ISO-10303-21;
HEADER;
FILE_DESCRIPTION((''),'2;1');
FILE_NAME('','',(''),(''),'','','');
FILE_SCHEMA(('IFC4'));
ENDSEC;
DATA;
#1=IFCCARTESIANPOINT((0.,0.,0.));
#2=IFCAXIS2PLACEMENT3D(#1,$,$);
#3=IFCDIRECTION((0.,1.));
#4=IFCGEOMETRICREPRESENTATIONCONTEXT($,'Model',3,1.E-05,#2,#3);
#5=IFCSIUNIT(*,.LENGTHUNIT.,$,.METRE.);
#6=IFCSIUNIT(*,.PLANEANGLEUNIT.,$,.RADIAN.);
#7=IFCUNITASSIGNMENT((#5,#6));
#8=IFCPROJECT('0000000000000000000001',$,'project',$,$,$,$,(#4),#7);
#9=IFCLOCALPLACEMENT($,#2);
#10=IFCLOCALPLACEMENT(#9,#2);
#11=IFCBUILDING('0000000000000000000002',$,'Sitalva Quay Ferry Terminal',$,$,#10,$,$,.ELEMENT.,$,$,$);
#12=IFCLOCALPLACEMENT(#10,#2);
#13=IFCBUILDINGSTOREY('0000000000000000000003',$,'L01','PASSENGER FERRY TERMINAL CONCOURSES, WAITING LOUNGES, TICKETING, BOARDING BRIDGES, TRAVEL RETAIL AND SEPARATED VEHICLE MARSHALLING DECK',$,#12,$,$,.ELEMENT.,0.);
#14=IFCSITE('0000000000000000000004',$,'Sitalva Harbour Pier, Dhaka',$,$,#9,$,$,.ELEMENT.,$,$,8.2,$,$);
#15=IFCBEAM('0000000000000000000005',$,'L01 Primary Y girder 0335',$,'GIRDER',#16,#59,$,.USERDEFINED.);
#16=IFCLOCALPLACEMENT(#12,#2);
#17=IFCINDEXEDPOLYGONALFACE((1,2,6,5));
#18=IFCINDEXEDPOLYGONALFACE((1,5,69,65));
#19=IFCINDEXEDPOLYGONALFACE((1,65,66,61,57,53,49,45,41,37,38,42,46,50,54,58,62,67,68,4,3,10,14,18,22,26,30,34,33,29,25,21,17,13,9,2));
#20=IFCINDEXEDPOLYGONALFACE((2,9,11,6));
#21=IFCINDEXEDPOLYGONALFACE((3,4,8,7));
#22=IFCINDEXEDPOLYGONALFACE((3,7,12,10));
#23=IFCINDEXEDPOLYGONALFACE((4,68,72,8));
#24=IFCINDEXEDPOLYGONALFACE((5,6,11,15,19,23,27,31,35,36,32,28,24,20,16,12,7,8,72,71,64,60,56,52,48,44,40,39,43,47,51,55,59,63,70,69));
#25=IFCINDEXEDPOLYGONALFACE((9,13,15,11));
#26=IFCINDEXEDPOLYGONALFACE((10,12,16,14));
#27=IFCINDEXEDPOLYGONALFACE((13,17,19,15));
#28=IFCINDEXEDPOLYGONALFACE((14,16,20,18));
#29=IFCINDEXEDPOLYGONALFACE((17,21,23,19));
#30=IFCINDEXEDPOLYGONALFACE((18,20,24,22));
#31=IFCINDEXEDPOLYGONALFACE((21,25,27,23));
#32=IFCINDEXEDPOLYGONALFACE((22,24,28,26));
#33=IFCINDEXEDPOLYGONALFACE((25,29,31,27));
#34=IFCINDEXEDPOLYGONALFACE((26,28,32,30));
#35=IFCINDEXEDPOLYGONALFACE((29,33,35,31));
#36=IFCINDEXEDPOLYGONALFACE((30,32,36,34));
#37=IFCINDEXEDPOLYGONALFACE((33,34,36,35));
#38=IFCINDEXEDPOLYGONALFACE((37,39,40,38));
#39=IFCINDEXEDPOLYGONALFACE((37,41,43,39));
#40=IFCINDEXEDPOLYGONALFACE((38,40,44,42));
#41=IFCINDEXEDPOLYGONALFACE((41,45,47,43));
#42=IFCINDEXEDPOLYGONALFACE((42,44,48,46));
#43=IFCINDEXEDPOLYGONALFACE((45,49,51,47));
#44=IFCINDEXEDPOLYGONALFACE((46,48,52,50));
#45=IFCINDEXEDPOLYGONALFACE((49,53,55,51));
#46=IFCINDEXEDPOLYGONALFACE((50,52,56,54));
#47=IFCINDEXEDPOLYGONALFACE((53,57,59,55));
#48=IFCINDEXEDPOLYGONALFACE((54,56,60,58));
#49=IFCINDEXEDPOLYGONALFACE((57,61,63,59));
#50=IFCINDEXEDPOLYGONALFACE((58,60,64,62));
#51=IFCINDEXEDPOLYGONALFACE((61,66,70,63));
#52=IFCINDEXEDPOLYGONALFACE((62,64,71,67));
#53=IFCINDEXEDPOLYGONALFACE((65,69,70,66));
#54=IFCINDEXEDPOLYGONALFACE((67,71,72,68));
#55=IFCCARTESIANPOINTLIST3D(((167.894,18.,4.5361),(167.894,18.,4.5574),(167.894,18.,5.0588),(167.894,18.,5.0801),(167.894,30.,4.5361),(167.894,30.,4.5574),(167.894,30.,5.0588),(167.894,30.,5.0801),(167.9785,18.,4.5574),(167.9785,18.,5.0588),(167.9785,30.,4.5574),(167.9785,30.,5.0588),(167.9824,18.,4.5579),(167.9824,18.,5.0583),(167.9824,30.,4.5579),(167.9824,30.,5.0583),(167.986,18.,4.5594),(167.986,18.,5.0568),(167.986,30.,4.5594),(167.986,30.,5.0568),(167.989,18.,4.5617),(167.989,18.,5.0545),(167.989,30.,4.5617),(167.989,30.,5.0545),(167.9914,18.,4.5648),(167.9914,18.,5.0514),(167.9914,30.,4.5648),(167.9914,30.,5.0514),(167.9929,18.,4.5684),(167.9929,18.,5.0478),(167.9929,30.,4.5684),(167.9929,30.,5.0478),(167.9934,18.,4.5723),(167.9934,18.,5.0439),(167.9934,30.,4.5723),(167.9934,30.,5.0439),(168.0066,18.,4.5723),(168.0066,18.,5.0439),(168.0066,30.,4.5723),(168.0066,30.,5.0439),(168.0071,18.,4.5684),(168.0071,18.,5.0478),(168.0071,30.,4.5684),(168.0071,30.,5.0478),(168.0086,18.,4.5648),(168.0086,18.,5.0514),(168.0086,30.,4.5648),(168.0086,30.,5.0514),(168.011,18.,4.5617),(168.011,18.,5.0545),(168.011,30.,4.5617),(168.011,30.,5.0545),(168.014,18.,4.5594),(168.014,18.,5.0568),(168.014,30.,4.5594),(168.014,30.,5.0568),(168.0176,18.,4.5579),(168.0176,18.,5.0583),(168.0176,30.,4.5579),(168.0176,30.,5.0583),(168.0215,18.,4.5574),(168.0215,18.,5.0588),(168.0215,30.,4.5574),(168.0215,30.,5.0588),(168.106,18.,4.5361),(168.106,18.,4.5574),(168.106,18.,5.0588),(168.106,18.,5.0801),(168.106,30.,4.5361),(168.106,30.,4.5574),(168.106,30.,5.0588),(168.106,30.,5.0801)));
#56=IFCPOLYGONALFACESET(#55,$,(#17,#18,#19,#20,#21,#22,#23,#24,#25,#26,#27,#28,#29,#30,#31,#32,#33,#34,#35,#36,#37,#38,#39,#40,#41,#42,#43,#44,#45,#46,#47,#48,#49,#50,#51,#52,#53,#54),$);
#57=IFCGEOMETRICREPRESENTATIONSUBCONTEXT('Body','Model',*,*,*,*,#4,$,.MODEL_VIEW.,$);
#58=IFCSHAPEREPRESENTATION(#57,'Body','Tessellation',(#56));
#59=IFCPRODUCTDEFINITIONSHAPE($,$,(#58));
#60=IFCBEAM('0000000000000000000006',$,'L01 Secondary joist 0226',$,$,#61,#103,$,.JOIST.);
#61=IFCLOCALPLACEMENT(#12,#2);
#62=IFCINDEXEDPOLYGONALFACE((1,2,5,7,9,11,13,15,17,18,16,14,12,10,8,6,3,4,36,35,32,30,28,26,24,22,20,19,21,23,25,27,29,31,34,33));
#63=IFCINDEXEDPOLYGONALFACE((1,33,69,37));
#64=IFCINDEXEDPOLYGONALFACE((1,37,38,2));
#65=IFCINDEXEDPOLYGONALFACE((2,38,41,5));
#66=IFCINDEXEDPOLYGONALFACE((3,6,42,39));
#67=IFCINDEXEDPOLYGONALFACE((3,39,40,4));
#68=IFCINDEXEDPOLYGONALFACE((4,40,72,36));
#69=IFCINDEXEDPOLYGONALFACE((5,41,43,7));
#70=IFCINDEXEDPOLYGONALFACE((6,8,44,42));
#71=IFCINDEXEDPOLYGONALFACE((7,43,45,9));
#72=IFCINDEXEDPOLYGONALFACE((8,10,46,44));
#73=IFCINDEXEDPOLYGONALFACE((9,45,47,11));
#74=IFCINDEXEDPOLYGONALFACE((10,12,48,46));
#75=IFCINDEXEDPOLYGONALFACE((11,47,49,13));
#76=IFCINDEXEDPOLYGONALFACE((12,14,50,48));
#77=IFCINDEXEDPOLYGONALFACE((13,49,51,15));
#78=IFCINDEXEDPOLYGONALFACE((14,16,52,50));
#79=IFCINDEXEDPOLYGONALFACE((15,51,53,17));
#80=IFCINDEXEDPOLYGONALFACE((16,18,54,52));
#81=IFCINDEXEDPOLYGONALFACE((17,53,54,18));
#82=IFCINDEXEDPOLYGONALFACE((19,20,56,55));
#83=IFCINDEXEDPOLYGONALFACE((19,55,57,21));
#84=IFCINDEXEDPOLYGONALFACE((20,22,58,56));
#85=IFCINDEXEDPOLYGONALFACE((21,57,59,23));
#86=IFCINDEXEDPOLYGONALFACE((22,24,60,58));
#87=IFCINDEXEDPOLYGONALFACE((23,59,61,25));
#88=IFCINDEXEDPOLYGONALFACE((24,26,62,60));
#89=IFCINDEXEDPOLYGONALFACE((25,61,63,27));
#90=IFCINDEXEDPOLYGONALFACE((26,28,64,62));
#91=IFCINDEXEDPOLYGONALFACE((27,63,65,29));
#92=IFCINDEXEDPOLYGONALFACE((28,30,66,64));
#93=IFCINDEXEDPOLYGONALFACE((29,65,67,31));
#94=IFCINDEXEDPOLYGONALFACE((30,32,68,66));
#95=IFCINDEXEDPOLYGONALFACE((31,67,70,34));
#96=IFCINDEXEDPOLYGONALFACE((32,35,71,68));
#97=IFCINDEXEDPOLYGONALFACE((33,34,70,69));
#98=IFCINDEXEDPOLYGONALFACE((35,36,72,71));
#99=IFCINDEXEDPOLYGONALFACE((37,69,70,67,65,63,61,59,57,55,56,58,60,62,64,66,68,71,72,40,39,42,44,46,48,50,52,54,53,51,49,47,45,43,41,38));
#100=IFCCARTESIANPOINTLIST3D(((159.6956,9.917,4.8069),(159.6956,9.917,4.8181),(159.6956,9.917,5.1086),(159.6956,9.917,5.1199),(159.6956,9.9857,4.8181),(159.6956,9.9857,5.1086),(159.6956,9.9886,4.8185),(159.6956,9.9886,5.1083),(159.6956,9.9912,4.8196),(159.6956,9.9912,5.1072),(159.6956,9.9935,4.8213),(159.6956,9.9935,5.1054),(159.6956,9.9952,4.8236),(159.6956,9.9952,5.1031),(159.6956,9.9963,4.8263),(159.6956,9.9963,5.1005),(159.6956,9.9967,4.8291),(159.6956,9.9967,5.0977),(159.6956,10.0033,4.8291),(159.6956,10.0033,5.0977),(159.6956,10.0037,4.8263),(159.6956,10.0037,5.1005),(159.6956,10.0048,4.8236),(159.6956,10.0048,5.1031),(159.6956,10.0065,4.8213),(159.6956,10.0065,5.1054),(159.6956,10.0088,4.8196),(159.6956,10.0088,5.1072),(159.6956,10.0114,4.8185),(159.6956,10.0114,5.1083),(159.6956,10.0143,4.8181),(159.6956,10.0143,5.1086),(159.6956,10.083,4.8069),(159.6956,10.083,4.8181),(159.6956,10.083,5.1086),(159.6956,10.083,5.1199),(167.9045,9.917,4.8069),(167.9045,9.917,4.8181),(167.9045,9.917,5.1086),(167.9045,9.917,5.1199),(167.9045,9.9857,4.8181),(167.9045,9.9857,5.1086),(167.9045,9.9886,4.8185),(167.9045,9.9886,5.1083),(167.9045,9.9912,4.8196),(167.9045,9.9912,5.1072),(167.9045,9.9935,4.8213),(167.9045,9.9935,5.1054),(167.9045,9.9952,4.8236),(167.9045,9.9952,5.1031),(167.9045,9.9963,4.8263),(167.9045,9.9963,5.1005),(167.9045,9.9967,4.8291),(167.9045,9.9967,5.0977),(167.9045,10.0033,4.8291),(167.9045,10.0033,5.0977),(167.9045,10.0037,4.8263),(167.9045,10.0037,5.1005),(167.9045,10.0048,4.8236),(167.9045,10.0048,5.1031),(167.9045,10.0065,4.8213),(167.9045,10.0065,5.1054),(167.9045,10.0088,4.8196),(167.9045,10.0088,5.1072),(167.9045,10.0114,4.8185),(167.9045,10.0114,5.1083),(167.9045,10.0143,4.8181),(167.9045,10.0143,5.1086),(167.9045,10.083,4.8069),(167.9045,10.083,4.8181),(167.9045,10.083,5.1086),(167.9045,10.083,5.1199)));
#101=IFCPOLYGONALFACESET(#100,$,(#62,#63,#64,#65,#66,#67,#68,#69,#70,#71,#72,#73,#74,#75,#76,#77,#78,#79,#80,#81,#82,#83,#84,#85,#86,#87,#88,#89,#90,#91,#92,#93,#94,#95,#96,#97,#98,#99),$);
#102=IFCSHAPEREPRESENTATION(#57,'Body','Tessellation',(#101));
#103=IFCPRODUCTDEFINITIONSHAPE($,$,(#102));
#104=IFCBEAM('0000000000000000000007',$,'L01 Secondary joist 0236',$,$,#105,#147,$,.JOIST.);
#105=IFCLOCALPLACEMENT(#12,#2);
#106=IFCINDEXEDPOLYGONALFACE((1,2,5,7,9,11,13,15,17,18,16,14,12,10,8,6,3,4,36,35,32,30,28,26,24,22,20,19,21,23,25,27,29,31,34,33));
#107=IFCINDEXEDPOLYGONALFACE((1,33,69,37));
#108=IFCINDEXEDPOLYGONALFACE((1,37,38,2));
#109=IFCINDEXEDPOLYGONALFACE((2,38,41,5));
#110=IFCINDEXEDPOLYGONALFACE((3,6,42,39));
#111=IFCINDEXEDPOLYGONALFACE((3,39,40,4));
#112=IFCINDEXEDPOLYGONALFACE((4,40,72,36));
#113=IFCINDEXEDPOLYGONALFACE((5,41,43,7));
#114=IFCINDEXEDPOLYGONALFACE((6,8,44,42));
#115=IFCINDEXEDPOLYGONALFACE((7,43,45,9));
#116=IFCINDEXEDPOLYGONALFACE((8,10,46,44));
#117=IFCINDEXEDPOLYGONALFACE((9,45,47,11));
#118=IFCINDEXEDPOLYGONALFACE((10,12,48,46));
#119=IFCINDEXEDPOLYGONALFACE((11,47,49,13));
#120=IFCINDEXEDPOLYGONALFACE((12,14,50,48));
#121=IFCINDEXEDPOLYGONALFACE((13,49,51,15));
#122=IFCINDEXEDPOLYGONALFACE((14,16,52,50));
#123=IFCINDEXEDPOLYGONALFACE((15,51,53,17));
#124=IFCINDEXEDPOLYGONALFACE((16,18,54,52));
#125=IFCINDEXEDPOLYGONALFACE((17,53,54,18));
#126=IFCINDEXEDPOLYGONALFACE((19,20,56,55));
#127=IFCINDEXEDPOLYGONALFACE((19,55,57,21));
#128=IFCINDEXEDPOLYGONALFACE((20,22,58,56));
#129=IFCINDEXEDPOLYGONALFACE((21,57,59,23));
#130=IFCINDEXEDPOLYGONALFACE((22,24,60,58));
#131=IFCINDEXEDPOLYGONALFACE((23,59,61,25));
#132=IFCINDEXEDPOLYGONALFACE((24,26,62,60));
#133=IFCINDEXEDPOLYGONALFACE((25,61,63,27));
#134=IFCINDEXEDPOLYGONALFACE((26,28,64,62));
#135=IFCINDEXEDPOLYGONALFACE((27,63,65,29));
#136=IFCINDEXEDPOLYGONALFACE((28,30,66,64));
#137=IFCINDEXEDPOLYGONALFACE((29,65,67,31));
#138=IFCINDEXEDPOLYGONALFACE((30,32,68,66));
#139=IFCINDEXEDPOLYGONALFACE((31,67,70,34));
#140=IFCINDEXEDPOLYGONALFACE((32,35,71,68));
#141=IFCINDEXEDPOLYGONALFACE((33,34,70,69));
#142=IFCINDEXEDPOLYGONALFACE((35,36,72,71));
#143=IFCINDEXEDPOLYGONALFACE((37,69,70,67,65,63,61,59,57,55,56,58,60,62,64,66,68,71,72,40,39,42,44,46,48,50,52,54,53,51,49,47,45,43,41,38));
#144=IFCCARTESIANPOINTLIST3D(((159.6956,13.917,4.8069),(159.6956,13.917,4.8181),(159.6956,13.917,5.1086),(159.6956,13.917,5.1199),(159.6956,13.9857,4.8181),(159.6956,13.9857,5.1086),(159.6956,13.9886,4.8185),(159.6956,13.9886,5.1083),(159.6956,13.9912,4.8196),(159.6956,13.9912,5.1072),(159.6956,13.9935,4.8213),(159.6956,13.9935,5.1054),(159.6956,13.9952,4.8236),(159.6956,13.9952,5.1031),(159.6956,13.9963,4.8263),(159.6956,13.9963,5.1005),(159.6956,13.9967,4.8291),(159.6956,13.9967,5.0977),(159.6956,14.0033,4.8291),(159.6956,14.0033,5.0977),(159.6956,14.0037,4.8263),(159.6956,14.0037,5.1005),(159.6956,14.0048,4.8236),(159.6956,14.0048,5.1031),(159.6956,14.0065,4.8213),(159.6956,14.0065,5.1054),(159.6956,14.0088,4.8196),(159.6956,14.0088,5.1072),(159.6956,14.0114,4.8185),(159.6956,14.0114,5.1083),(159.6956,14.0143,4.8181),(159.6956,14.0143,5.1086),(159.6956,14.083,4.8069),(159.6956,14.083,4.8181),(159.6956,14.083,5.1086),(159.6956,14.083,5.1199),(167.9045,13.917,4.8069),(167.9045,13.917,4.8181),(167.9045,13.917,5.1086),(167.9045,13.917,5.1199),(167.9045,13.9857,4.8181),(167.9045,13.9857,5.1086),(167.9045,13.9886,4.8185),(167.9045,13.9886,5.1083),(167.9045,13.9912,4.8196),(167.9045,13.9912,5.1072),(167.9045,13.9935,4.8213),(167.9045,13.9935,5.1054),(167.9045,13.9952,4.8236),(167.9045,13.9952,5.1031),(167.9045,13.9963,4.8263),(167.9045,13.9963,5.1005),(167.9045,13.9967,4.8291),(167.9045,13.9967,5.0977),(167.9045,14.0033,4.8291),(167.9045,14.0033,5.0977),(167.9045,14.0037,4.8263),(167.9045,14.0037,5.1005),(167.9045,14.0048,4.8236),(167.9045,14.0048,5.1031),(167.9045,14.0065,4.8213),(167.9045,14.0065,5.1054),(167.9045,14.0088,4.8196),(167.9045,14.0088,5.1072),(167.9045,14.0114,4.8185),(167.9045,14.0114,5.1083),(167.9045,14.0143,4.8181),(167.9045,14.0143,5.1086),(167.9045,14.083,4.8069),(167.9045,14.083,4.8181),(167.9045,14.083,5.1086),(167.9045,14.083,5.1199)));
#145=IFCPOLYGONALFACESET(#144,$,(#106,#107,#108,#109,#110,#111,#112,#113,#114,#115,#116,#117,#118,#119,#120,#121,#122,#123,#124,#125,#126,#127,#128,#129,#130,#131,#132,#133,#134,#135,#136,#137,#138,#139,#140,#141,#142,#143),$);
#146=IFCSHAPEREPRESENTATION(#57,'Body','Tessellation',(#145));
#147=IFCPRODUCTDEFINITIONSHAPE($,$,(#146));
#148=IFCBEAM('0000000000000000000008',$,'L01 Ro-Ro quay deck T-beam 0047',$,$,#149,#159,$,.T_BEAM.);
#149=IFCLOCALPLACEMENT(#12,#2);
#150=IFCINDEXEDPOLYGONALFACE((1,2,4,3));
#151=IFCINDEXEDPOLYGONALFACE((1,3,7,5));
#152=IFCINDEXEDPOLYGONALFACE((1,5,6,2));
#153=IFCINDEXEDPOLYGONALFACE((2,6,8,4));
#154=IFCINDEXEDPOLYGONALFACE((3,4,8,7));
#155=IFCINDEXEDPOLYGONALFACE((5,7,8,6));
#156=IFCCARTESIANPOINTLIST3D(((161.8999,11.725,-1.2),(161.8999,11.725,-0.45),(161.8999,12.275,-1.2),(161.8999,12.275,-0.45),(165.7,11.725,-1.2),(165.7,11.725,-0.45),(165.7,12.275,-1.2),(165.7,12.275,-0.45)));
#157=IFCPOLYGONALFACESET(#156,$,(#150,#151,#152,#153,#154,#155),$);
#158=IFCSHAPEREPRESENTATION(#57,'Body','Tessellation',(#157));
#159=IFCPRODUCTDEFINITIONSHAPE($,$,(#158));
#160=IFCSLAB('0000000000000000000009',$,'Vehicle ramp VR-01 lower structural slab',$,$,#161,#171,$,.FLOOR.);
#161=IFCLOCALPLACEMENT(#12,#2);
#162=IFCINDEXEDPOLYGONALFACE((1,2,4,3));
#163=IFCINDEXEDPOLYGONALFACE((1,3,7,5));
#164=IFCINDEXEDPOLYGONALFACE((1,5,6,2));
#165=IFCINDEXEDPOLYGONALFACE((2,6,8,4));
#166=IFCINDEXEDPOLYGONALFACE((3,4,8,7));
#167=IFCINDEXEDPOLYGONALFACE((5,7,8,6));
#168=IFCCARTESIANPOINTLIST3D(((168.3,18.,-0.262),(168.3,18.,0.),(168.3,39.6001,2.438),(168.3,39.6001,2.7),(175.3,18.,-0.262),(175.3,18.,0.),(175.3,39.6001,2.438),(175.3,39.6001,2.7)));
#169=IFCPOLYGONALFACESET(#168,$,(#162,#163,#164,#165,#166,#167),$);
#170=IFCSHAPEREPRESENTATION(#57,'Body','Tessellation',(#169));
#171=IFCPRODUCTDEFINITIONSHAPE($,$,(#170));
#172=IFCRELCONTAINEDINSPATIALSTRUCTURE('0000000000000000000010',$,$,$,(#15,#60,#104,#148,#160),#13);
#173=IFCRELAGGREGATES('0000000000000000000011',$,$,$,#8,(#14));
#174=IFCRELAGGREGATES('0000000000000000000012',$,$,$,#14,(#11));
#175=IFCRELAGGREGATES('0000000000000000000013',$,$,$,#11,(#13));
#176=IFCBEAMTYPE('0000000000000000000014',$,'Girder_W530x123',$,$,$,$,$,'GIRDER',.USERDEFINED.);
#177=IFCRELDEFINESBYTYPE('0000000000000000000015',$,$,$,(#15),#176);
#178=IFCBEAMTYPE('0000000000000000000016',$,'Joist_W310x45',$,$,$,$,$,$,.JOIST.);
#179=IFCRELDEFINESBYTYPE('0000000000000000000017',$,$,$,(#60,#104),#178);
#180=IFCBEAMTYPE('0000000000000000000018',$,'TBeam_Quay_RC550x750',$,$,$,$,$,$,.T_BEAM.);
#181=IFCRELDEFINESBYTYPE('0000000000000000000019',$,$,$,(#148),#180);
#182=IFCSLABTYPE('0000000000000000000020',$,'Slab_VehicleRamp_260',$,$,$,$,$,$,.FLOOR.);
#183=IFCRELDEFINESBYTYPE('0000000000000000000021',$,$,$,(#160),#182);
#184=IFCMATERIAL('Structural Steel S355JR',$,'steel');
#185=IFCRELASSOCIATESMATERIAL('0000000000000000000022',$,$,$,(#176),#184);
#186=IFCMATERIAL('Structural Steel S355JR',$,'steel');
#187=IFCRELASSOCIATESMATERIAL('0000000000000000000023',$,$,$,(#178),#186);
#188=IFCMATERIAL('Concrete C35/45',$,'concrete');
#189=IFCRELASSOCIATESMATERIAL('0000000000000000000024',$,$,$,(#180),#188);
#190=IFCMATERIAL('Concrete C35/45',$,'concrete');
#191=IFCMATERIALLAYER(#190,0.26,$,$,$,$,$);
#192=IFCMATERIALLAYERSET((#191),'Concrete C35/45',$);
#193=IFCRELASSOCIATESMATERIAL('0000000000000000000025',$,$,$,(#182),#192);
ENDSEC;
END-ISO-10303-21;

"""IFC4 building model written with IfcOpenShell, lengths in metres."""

from ifc_helpers import new_model, si_unit, direction, frame, origin, origin_2d, place, context, subcontext, project, spatial, polyline, rectangle, i_section, outline, extrude, material, layer, layer_set, material_profile, profile_set, type_object, element, save


model = new_model("IFC4")

# Units and contexts
model_context = context("Model", 3, precision=1e-05, world=origin(), true_north=direction((0.0, 1.0)))
body_context = subcontext(model_context, "Body", "Model", "MODEL_VIEW")
ifc_project = project(units=[si_unit("LENGTHUNIT", "METRE"), si_unit("PLANEANGLEUNIT", "RADIAN")], contexts=[model_context])

# Site, building, storey
site_placement = place(None, origin())
site = spatial("IfcSite", under=ifc_project, at=site_placement, Name="Sitalva Harbour Pier, Dhaka", CompositionType="ELEMENT", RefElevation=8.2)
building_placement = place(site_placement, origin())
building = spatial("IfcBuilding", under=site, at=building_placement, Name="Sitalva Quay Ferry Terminal", CompositionType="ELEMENT")
storey_placement = place(building_placement, origin())
storey = spatial("IfcBuildingStorey", under=building, at=storey_placement, Name="L01", Description="PASSENGER FERRY TERMINAL CONCOURSES, WAITING LOUNGES, TICKETING, BOARDING BRIDGES, TRAVEL RETAIL AND SEPARATED VEHICLE MARSHALLING DECK", CompositionType="ELEMENT", Elevation=0.0)

# Beams
ifc_material_1 = material(Name="Structural Steel S355JR", Category="steel")
ifc_material_profile_1 = material_profile(ifc_material_1, i_section(OverallWidth=0.2119, OverallDepth=0.5439, WebThickness=0.0132, FlangeThickness=0.0212, FilletRadius=0.0149, at=origin_2d()), Name="W530x123")
ifc_profile_set_1 = profile_set([ifc_material_profile_1], Name="Structural Steel S355JR")
beam_type_1 = type_object("IfcBeamType", Name="Girder_W530x123", ElementType="GIRDER", PredefinedType="USERDEFINED", material=ifc_profile_set_1)
for number, where, z_axis, x_axis, name in (
    (1, (168.0, 18.0, 4.8081), (0.0, 1.0, 0.0), (-1.0, 0.0, 0.0), "L01 Primary Y girder 0335"),
):
    element("IfcBeam", number, at=place(storey_placement, frame(where, z_axis=z_axis, x_axis=x_axis)), inside=storey, type_object=beam_type_1, Name=name, ObjectType="GIRDER", PredefinedType="USERDEFINED", context=body_context, shape_type="SweptSolid", body=[
        extrude(i_section(OverallWidth=0.2119, OverallDepth=0.5439, WebThickness=0.0132, FlangeThickness=0.0212, FilletRadius=0.0149, at=origin_2d()), origin(), (0.0, 0.0, 1.0), 12.0),
    ])
ifc_material_2 = material(Name="Structural Steel S355JR", Category="steel")
ifc_material_profile_2 = material_profile(ifc_material_2, i_section(OverallWidth=0.166, OverallDepth=0.313, WebThickness=0.0066, FlangeThickness=0.0112, FilletRadius=0.011, at=origin_2d()), Name="W310x45")
ifc_profile_set_2 = profile_set([ifc_material_profile_2], Name="Structural Steel S355JR")
beam_type_2 = type_object("IfcBeamType", Name="Joist_W310x45", PredefinedType="JOIST", material=ifc_profile_set_2)
for number, where, z_axis, x_axis, name in (
    (2, (159.6956, 10.0, 4.9634), (1.0, 0.0, 0.0), (0.0, 1.0, 0.0), "L01 Secondary joist 0226"),
    (3, (159.6956, 14.0, 4.9634), (1.0, 0.0, 0.0), (0.0, 1.0, 0.0), "L01 Secondary joist 0236"),
):
    element("IfcBeam", number, at=place(storey_placement, frame(where, z_axis=z_axis, x_axis=x_axis)), inside=storey, type_object=beam_type_2, Name=name, PredefinedType="JOIST", context=body_context, shape_type="SweptSolid", body=[
        extrude(i_section(OverallWidth=0.166, OverallDepth=0.313, WebThickness=0.0066, FlangeThickness=0.0112, FilletRadius=0.011, at=origin_2d()), origin(), (0.0, 0.0, 1.0), 8.209),
    ])
ifc_material_3 = material(Name="Concrete C35/45", Category="concrete")
ifc_material_profile_3 = material_profile(ifc_material_3, rectangle(XDim=0.55, YDim=0.75, at=origin_2d()), Name="RC550x750")
ifc_profile_set_3 = profile_set([ifc_material_profile_3], Name="Concrete C35/45")
beam_type_3 = type_object("IfcBeamType", Name="TBeam_Quay_RC550x750", PredefinedType="T_BEAM", material=ifc_profile_set_3)
beam_1_placement = place(storey_placement, frame((161.8999, 12.0, -0.825), z_axis=(1.0, 0.0, 0.0), x_axis=(0.0, 1.0, 0.0)))
element("IfcBeam", 4, at=beam_1_placement, inside=storey, type_object=beam_type_3, Name="L01 Ro-Ro quay deck T-beam 0047", PredefinedType="T_BEAM", context=body_context, shape_type="SweptSolid", body=[
    extrude(rectangle(XDim=0.55, YDim=0.75, at=origin_2d()), origin(), (0.0, 0.0, 1.0), 3.8),
])

# Slab
ifc_material_4 = material(Name="Concrete C35/45", Category="concrete")
ifc_layer_1 = layer(ifc_material_4, 0.26)
ifc_layer_set_1 = layer_set([ifc_layer_1], Name="Concrete C35/45")
slab_type = type_object("IfcSlabType", Name="Slab_VehicleRamp_260", PredefinedType="FLOOR", material=ifc_layer_set_1)
slab_placement = place(storey_placement, frame((168.3, 18.0, 0.0), z_axis=(0.0, -0.124032, 0.992278), x_axis=(1.0, 0.0, 0.0)))
element("IfcSlab", 5, at=slab_placement, inside=storey, type_object=slab_type, Name="Vehicle ramp VR-01 lower structural slab", PredefinedType="FLOOR", context=body_context, shape_type="SweptSolid", body=[
    extrude(outline(polyline([(0.0, 0.0), (7.0, 0.0), (7.0, 21.7682), (0.0, 21.7682), (0.0, 0.0)])), origin(), (0.0, -0.124032, -0.992278), 0.262),
])

save(model, "model.ifc")
